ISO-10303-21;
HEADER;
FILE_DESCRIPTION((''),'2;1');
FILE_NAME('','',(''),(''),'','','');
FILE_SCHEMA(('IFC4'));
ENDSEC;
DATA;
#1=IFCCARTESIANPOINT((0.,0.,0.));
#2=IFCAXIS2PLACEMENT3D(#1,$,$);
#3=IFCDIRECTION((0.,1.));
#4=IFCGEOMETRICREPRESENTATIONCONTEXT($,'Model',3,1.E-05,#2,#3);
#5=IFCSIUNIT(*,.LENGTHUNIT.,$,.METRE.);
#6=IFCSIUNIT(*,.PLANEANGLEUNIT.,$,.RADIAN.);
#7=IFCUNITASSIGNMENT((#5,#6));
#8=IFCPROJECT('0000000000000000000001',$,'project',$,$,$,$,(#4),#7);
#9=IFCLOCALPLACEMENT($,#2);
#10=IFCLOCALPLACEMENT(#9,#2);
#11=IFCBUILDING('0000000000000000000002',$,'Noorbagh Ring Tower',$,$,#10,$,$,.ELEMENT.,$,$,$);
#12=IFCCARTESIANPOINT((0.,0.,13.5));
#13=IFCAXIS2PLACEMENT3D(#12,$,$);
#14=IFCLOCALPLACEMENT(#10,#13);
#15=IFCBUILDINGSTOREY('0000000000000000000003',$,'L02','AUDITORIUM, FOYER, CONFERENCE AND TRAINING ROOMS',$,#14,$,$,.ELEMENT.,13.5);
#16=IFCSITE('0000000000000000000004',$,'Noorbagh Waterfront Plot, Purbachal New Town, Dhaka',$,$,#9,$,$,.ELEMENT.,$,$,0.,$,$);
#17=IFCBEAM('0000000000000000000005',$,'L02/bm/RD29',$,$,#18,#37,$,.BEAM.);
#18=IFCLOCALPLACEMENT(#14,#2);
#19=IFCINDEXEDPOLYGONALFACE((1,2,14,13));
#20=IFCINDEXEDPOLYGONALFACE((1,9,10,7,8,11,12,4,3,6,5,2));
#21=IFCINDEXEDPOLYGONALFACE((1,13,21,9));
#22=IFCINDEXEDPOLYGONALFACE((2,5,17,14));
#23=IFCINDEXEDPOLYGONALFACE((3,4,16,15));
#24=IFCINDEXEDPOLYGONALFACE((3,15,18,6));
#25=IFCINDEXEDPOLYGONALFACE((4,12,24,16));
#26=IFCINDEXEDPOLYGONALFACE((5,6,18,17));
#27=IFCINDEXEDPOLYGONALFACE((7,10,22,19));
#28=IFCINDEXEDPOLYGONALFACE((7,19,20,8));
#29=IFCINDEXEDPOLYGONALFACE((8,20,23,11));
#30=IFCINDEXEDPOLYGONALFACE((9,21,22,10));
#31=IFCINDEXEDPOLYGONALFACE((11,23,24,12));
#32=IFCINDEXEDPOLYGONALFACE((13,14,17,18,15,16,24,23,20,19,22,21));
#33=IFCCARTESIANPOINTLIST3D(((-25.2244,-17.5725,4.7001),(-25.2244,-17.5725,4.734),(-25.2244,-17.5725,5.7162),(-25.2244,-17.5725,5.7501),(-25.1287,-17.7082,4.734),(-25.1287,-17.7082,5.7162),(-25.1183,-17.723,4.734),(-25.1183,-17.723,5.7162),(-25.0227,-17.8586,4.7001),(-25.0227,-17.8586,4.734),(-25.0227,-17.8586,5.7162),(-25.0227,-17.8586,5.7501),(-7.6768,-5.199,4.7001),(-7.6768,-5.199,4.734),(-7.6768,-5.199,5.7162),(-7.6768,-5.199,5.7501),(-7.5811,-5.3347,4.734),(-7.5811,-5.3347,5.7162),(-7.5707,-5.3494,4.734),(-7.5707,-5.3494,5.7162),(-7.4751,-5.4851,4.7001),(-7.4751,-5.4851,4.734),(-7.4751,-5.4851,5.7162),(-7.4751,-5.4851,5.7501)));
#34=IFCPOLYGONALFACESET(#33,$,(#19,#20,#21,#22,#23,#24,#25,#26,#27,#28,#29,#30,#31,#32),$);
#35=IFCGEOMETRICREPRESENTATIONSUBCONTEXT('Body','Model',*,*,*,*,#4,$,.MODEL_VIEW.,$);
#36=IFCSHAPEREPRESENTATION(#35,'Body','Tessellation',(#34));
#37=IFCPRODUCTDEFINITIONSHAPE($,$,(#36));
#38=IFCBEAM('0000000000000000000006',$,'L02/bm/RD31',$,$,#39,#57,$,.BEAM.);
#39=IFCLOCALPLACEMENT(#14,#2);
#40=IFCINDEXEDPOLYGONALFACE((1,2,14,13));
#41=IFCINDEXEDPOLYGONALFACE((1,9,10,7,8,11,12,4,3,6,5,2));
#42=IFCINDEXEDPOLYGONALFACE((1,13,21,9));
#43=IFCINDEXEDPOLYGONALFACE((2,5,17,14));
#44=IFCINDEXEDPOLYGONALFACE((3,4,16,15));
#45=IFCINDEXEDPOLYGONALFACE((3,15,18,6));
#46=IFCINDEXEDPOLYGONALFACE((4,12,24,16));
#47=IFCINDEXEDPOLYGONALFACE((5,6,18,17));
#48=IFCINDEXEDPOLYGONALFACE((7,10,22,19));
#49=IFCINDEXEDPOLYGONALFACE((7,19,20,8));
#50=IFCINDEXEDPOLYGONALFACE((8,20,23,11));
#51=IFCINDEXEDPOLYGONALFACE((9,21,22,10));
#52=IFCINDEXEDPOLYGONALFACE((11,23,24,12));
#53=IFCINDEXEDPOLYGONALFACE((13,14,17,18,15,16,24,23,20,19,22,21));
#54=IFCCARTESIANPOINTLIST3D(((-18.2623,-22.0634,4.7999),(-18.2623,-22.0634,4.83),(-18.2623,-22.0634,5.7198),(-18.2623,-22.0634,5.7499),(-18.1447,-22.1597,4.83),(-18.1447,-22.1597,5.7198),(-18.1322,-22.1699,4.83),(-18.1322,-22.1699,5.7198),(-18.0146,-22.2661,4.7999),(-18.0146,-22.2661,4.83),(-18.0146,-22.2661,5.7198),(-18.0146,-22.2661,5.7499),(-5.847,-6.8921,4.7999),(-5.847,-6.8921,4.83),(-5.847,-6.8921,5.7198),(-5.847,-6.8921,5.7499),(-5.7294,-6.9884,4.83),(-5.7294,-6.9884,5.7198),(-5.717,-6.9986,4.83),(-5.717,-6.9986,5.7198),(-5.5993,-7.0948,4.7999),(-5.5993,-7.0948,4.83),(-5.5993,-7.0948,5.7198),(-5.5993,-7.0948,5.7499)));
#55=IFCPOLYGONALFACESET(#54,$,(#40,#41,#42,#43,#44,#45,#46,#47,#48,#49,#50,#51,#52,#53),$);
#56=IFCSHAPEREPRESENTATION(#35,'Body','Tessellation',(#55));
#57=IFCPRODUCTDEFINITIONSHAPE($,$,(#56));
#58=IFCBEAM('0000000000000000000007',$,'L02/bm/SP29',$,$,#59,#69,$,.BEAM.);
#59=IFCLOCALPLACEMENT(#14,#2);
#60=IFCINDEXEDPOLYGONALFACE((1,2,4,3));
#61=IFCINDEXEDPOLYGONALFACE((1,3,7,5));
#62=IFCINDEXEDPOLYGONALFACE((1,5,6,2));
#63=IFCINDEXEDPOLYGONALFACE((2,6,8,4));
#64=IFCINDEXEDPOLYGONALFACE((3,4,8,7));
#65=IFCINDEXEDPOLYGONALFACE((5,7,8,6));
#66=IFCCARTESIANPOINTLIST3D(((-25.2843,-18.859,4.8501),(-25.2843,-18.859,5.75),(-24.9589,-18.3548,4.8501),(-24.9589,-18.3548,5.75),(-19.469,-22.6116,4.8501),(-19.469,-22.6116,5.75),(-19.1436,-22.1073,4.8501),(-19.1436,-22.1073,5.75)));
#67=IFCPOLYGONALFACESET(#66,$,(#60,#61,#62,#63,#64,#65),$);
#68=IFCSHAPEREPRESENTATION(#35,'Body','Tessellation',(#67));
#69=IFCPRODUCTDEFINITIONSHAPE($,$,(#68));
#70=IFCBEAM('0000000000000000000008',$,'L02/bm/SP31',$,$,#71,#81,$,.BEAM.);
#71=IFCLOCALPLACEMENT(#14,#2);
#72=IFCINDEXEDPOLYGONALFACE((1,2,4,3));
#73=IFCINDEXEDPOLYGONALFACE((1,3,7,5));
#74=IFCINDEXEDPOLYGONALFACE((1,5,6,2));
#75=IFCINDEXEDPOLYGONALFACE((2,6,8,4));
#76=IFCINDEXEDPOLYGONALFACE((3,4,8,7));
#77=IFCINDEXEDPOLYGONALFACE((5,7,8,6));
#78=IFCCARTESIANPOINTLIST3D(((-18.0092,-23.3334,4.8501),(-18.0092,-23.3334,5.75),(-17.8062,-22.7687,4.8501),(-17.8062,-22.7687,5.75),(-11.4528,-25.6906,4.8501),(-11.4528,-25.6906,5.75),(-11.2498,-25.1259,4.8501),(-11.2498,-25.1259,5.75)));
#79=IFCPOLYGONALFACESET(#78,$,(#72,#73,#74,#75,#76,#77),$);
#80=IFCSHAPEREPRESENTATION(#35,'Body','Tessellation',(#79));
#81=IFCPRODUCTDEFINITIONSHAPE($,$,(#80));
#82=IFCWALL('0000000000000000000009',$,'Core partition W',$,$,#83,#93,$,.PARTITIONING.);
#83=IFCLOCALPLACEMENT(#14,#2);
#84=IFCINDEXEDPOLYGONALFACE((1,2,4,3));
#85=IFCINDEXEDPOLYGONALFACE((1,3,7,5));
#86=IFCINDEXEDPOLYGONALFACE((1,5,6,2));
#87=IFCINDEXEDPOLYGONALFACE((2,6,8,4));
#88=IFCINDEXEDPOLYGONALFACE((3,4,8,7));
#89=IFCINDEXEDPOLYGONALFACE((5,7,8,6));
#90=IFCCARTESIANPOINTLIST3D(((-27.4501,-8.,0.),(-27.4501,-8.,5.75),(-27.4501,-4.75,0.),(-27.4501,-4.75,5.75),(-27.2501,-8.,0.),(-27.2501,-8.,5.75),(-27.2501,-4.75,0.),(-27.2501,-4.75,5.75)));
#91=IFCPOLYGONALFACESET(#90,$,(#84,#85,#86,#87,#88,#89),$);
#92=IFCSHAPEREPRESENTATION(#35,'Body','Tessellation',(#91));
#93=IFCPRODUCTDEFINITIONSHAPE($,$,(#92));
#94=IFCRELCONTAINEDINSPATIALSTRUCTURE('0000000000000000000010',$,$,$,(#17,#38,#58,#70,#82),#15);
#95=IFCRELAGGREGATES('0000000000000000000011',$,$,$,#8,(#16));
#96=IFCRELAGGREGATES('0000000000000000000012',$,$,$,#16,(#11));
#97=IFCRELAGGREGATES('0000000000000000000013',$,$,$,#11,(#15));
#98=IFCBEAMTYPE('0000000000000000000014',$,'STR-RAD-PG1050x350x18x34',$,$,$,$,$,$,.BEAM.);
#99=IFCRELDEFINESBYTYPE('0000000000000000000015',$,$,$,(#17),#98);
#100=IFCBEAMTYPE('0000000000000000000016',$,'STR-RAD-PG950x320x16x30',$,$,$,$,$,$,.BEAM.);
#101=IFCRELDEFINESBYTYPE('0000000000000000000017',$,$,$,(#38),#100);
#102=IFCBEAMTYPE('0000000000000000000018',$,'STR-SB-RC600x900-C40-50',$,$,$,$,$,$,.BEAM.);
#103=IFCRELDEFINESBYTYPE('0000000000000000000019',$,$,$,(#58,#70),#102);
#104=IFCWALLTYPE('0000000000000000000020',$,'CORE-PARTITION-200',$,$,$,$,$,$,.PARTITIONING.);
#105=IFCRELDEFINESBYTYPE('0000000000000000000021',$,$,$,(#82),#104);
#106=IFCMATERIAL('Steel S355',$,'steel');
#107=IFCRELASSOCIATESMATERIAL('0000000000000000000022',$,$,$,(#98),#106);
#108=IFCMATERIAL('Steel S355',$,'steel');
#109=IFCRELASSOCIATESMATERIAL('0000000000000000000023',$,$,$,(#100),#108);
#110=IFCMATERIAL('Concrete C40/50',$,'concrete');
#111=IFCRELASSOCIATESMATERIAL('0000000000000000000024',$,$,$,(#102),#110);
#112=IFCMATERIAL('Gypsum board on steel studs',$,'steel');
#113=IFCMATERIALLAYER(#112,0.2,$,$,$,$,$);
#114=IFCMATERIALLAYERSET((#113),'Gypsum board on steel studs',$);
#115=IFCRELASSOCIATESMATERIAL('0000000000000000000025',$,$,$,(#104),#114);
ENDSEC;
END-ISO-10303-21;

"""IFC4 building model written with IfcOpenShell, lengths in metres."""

from ifc_helpers import new_model, si_unit, direction, frame, frame_2d, origin, origin_2d, place, context, subcontext, project, spatial, rectangle, i_section, extrude, material, layer, layer_set, material_profile, profile_set, type_object, element, save


model = new_model("IFC4")

# Units and contexts
model_context = context("Model", 3, precision=1e-05, world=origin(), true_north=direction((0.0, 1.0)))
body_context = subcontext(model_context, "Body", "Model", "MODEL_VIEW")
ifc_project = project(units=[si_unit("LENGTHUNIT", "METRE"), si_unit("PLANEANGLEUNIT", "RADIAN")], contexts=[model_context])

# Site, building, storey
site_placement = place(None, origin())
site = spatial("IfcSite", under=ifc_project, at=site_placement, Name="Noorbagh Waterfront Plot, Purbachal New Town, Dhaka", CompositionType="ELEMENT", RefElevation=0.0)
building_placement = place(site_placement, origin())
building = spatial("IfcBuilding", under=site, at=building_placement, Name="Noorbagh Ring Tower", CompositionType="ELEMENT")
storey_placement = place(building_placement, frame((0.0, 0.0, 13.5)))
storey = spatial("IfcBuildingStorey", under=building, at=storey_placement, Name="L02", Description="AUDITORIUM, FOYER, CONFERENCE AND TRAINING ROOMS", CompositionType="ELEMENT", Elevation=13.5)

# Beams
ifc_material_1 = material(Name="Steel S355", Category="steel")
ifc_material_profile_1 = material_profile(ifc_material_1, i_section(OverallWidth=0.3501, OverallDepth=1.05, WebThickness=0.0181, FlangeThickness=0.0339, at=origin_2d()), Name="PG1050x350x18x34")
ifc_profile_set_1 = profile_set([ifc_material_profile_1], Name="Steel S355")
beam_type_1 = type_object("IfcBeamType", Name="STR-RAD-PG1050x350x18x34", PredefinedType="BEAM", material=ifc_profile_set_1)
beam_1_placement = place(storey_placement, frame((-25.1235, -17.7156, 5.2251), z_axis=(0.817253, 0.576279, 0.0), x_axis=(-0.576279, 0.817253, 0.0)))
element("IfcBeam", 1, at=beam_1_placement, inside=storey, type_object=beam_type_1, Name="L02/bm/RD29", PredefinedType="BEAM", context=body_context, shape_type="SweptSolid", body=[
    extrude(i_section(OverallWidth=0.3501, OverallDepth=1.05, WebThickness=0.0181, FlangeThickness=0.0339, at=origin_2d()), origin(), (0.0, 0.0, 1.0), 21.4714),
])
ifc_material_2 = material(Name="Steel S355", Category="steel")
ifc_material_profile_2 = material_profile(ifc_material_2, i_section(OverallWidth=0.3201, OverallDepth=0.95, WebThickness=0.0161, FlangeThickness=0.03, at=origin_2d()), Name="PG950x320x16x30")
ifc_profile_set_2 = profile_set([ifc_material_profile_2], Name="Steel S355")
beam_type_2 = type_object("IfcBeamType", Name="STR-RAD-PG950x320x16x30", PredefinedType="BEAM", material=ifc_profile_set_2)
beam_2_placement = place(storey_placement, frame((-18.1384, -22.1648, 5.2749), z_axis=(0.633309, 0.773899, 0.0), x_axis=(-0.773899, 0.633309, 0.0)))
element("IfcBeam", 2, at=beam_2_placement, inside=storey, type_object=beam_type_2, Name="L02/bm/RD31", PredefinedType="BEAM", context=body_context, shape_type="SweptSolid", body=[
    extrude(i_section(OverallWidth=0.3201, OverallDepth=0.95, WebThickness=0.0161, FlangeThickness=0.03, at=origin_2d()), origin(), (0.0, 0.0, 1.0), 19.6038),
])
ifc_material_3 = material(Name="Concrete C40/50", Category="concrete")
ifc_material_profile_3 = material_profile(ifc_material_3, rectangle(XDim=0.6001, YDim=0.8999, at=origin_2d()), Name="RC600x900")
ifc_profile_set_3 = profile_set([ifc_material_profile_3], Name="Concrete C40/50")
beam_type_3 = type_object("IfcBeamType", Name="STR-SB-RC600x900-C40-50", PredefinedType="BEAM", material=ifc_profile_set_3)
beam_3_placement = place(storey_placement, frame((-25.1216, -18.6069, 5.3), z_axis=(0.84025, -0.542199, 0.0), x_axis=(0.542199, 0.84025, 0.0)))
element("IfcBeam", 3, at=beam_3_placement, inside=storey, type_object=beam_type_3, Name="L02/bm/SP29", PredefinedType="BEAM", context=body_context, shape_type="SweptSolid", body=[
    extrude(rectangle(XDim=0.6001, YDim=0.8999, at=origin_2d()), origin(), (0.0, 0.0, 1.0), 6.9209),
])
beam_4_placement = place(storey_placement, frame((-17.9077, -23.051, 5.3), z_axis=(0.94103, -0.338322, 0.0), x_axis=(0.338322, 0.94103, 0.0)))
element("IfcBeam", 4, at=beam_4_placement, inside=storey, type_object=beam_type_3, Name="L02/bm/SP31", PredefinedType="BEAM", context=body_context, shape_type="SweptSolid", body=[
    extrude(rectangle(XDim=0.6001, YDim=0.8999, at=origin_2d()), origin(), (0.0, 0.0, 1.0), 6.9673),
])

# Wall
ifc_material_4 = material(Name="Gypsum board on steel studs", Category="steel")
ifc_layer_1 = layer(ifc_material_4, 0.2)
ifc_layer_set_1 = layer_set([ifc_layer_1], Name="Gypsum board on steel studs")
wall_type_1 = type_object("IfcWallType", Name="CORE-PARTITION-200", PredefinedType="PARTITIONING", material=ifc_layer_set_1)
wall_1_placement = place(storey_placement, frame((-27.3501, -8.0, 0.0), z_axis=(0.0, 0.0, 1.0), x_axis=(0.0, 1.0, 0.0)))
element("IfcWall", 5, at=wall_1_placement, inside=storey, type_object=wall_type_1, Name="Core partition W", PredefinedType="PARTITIONING", context=body_context, shape_type="SweptSolid", body=[
    extrude(rectangle(XDim=3.25, YDim=0.2, at=frame_2d((1.625, 0.0))), origin(), (0.0, 0.0, 1.0), 5.75),
])

save(model, "model.ifc")
